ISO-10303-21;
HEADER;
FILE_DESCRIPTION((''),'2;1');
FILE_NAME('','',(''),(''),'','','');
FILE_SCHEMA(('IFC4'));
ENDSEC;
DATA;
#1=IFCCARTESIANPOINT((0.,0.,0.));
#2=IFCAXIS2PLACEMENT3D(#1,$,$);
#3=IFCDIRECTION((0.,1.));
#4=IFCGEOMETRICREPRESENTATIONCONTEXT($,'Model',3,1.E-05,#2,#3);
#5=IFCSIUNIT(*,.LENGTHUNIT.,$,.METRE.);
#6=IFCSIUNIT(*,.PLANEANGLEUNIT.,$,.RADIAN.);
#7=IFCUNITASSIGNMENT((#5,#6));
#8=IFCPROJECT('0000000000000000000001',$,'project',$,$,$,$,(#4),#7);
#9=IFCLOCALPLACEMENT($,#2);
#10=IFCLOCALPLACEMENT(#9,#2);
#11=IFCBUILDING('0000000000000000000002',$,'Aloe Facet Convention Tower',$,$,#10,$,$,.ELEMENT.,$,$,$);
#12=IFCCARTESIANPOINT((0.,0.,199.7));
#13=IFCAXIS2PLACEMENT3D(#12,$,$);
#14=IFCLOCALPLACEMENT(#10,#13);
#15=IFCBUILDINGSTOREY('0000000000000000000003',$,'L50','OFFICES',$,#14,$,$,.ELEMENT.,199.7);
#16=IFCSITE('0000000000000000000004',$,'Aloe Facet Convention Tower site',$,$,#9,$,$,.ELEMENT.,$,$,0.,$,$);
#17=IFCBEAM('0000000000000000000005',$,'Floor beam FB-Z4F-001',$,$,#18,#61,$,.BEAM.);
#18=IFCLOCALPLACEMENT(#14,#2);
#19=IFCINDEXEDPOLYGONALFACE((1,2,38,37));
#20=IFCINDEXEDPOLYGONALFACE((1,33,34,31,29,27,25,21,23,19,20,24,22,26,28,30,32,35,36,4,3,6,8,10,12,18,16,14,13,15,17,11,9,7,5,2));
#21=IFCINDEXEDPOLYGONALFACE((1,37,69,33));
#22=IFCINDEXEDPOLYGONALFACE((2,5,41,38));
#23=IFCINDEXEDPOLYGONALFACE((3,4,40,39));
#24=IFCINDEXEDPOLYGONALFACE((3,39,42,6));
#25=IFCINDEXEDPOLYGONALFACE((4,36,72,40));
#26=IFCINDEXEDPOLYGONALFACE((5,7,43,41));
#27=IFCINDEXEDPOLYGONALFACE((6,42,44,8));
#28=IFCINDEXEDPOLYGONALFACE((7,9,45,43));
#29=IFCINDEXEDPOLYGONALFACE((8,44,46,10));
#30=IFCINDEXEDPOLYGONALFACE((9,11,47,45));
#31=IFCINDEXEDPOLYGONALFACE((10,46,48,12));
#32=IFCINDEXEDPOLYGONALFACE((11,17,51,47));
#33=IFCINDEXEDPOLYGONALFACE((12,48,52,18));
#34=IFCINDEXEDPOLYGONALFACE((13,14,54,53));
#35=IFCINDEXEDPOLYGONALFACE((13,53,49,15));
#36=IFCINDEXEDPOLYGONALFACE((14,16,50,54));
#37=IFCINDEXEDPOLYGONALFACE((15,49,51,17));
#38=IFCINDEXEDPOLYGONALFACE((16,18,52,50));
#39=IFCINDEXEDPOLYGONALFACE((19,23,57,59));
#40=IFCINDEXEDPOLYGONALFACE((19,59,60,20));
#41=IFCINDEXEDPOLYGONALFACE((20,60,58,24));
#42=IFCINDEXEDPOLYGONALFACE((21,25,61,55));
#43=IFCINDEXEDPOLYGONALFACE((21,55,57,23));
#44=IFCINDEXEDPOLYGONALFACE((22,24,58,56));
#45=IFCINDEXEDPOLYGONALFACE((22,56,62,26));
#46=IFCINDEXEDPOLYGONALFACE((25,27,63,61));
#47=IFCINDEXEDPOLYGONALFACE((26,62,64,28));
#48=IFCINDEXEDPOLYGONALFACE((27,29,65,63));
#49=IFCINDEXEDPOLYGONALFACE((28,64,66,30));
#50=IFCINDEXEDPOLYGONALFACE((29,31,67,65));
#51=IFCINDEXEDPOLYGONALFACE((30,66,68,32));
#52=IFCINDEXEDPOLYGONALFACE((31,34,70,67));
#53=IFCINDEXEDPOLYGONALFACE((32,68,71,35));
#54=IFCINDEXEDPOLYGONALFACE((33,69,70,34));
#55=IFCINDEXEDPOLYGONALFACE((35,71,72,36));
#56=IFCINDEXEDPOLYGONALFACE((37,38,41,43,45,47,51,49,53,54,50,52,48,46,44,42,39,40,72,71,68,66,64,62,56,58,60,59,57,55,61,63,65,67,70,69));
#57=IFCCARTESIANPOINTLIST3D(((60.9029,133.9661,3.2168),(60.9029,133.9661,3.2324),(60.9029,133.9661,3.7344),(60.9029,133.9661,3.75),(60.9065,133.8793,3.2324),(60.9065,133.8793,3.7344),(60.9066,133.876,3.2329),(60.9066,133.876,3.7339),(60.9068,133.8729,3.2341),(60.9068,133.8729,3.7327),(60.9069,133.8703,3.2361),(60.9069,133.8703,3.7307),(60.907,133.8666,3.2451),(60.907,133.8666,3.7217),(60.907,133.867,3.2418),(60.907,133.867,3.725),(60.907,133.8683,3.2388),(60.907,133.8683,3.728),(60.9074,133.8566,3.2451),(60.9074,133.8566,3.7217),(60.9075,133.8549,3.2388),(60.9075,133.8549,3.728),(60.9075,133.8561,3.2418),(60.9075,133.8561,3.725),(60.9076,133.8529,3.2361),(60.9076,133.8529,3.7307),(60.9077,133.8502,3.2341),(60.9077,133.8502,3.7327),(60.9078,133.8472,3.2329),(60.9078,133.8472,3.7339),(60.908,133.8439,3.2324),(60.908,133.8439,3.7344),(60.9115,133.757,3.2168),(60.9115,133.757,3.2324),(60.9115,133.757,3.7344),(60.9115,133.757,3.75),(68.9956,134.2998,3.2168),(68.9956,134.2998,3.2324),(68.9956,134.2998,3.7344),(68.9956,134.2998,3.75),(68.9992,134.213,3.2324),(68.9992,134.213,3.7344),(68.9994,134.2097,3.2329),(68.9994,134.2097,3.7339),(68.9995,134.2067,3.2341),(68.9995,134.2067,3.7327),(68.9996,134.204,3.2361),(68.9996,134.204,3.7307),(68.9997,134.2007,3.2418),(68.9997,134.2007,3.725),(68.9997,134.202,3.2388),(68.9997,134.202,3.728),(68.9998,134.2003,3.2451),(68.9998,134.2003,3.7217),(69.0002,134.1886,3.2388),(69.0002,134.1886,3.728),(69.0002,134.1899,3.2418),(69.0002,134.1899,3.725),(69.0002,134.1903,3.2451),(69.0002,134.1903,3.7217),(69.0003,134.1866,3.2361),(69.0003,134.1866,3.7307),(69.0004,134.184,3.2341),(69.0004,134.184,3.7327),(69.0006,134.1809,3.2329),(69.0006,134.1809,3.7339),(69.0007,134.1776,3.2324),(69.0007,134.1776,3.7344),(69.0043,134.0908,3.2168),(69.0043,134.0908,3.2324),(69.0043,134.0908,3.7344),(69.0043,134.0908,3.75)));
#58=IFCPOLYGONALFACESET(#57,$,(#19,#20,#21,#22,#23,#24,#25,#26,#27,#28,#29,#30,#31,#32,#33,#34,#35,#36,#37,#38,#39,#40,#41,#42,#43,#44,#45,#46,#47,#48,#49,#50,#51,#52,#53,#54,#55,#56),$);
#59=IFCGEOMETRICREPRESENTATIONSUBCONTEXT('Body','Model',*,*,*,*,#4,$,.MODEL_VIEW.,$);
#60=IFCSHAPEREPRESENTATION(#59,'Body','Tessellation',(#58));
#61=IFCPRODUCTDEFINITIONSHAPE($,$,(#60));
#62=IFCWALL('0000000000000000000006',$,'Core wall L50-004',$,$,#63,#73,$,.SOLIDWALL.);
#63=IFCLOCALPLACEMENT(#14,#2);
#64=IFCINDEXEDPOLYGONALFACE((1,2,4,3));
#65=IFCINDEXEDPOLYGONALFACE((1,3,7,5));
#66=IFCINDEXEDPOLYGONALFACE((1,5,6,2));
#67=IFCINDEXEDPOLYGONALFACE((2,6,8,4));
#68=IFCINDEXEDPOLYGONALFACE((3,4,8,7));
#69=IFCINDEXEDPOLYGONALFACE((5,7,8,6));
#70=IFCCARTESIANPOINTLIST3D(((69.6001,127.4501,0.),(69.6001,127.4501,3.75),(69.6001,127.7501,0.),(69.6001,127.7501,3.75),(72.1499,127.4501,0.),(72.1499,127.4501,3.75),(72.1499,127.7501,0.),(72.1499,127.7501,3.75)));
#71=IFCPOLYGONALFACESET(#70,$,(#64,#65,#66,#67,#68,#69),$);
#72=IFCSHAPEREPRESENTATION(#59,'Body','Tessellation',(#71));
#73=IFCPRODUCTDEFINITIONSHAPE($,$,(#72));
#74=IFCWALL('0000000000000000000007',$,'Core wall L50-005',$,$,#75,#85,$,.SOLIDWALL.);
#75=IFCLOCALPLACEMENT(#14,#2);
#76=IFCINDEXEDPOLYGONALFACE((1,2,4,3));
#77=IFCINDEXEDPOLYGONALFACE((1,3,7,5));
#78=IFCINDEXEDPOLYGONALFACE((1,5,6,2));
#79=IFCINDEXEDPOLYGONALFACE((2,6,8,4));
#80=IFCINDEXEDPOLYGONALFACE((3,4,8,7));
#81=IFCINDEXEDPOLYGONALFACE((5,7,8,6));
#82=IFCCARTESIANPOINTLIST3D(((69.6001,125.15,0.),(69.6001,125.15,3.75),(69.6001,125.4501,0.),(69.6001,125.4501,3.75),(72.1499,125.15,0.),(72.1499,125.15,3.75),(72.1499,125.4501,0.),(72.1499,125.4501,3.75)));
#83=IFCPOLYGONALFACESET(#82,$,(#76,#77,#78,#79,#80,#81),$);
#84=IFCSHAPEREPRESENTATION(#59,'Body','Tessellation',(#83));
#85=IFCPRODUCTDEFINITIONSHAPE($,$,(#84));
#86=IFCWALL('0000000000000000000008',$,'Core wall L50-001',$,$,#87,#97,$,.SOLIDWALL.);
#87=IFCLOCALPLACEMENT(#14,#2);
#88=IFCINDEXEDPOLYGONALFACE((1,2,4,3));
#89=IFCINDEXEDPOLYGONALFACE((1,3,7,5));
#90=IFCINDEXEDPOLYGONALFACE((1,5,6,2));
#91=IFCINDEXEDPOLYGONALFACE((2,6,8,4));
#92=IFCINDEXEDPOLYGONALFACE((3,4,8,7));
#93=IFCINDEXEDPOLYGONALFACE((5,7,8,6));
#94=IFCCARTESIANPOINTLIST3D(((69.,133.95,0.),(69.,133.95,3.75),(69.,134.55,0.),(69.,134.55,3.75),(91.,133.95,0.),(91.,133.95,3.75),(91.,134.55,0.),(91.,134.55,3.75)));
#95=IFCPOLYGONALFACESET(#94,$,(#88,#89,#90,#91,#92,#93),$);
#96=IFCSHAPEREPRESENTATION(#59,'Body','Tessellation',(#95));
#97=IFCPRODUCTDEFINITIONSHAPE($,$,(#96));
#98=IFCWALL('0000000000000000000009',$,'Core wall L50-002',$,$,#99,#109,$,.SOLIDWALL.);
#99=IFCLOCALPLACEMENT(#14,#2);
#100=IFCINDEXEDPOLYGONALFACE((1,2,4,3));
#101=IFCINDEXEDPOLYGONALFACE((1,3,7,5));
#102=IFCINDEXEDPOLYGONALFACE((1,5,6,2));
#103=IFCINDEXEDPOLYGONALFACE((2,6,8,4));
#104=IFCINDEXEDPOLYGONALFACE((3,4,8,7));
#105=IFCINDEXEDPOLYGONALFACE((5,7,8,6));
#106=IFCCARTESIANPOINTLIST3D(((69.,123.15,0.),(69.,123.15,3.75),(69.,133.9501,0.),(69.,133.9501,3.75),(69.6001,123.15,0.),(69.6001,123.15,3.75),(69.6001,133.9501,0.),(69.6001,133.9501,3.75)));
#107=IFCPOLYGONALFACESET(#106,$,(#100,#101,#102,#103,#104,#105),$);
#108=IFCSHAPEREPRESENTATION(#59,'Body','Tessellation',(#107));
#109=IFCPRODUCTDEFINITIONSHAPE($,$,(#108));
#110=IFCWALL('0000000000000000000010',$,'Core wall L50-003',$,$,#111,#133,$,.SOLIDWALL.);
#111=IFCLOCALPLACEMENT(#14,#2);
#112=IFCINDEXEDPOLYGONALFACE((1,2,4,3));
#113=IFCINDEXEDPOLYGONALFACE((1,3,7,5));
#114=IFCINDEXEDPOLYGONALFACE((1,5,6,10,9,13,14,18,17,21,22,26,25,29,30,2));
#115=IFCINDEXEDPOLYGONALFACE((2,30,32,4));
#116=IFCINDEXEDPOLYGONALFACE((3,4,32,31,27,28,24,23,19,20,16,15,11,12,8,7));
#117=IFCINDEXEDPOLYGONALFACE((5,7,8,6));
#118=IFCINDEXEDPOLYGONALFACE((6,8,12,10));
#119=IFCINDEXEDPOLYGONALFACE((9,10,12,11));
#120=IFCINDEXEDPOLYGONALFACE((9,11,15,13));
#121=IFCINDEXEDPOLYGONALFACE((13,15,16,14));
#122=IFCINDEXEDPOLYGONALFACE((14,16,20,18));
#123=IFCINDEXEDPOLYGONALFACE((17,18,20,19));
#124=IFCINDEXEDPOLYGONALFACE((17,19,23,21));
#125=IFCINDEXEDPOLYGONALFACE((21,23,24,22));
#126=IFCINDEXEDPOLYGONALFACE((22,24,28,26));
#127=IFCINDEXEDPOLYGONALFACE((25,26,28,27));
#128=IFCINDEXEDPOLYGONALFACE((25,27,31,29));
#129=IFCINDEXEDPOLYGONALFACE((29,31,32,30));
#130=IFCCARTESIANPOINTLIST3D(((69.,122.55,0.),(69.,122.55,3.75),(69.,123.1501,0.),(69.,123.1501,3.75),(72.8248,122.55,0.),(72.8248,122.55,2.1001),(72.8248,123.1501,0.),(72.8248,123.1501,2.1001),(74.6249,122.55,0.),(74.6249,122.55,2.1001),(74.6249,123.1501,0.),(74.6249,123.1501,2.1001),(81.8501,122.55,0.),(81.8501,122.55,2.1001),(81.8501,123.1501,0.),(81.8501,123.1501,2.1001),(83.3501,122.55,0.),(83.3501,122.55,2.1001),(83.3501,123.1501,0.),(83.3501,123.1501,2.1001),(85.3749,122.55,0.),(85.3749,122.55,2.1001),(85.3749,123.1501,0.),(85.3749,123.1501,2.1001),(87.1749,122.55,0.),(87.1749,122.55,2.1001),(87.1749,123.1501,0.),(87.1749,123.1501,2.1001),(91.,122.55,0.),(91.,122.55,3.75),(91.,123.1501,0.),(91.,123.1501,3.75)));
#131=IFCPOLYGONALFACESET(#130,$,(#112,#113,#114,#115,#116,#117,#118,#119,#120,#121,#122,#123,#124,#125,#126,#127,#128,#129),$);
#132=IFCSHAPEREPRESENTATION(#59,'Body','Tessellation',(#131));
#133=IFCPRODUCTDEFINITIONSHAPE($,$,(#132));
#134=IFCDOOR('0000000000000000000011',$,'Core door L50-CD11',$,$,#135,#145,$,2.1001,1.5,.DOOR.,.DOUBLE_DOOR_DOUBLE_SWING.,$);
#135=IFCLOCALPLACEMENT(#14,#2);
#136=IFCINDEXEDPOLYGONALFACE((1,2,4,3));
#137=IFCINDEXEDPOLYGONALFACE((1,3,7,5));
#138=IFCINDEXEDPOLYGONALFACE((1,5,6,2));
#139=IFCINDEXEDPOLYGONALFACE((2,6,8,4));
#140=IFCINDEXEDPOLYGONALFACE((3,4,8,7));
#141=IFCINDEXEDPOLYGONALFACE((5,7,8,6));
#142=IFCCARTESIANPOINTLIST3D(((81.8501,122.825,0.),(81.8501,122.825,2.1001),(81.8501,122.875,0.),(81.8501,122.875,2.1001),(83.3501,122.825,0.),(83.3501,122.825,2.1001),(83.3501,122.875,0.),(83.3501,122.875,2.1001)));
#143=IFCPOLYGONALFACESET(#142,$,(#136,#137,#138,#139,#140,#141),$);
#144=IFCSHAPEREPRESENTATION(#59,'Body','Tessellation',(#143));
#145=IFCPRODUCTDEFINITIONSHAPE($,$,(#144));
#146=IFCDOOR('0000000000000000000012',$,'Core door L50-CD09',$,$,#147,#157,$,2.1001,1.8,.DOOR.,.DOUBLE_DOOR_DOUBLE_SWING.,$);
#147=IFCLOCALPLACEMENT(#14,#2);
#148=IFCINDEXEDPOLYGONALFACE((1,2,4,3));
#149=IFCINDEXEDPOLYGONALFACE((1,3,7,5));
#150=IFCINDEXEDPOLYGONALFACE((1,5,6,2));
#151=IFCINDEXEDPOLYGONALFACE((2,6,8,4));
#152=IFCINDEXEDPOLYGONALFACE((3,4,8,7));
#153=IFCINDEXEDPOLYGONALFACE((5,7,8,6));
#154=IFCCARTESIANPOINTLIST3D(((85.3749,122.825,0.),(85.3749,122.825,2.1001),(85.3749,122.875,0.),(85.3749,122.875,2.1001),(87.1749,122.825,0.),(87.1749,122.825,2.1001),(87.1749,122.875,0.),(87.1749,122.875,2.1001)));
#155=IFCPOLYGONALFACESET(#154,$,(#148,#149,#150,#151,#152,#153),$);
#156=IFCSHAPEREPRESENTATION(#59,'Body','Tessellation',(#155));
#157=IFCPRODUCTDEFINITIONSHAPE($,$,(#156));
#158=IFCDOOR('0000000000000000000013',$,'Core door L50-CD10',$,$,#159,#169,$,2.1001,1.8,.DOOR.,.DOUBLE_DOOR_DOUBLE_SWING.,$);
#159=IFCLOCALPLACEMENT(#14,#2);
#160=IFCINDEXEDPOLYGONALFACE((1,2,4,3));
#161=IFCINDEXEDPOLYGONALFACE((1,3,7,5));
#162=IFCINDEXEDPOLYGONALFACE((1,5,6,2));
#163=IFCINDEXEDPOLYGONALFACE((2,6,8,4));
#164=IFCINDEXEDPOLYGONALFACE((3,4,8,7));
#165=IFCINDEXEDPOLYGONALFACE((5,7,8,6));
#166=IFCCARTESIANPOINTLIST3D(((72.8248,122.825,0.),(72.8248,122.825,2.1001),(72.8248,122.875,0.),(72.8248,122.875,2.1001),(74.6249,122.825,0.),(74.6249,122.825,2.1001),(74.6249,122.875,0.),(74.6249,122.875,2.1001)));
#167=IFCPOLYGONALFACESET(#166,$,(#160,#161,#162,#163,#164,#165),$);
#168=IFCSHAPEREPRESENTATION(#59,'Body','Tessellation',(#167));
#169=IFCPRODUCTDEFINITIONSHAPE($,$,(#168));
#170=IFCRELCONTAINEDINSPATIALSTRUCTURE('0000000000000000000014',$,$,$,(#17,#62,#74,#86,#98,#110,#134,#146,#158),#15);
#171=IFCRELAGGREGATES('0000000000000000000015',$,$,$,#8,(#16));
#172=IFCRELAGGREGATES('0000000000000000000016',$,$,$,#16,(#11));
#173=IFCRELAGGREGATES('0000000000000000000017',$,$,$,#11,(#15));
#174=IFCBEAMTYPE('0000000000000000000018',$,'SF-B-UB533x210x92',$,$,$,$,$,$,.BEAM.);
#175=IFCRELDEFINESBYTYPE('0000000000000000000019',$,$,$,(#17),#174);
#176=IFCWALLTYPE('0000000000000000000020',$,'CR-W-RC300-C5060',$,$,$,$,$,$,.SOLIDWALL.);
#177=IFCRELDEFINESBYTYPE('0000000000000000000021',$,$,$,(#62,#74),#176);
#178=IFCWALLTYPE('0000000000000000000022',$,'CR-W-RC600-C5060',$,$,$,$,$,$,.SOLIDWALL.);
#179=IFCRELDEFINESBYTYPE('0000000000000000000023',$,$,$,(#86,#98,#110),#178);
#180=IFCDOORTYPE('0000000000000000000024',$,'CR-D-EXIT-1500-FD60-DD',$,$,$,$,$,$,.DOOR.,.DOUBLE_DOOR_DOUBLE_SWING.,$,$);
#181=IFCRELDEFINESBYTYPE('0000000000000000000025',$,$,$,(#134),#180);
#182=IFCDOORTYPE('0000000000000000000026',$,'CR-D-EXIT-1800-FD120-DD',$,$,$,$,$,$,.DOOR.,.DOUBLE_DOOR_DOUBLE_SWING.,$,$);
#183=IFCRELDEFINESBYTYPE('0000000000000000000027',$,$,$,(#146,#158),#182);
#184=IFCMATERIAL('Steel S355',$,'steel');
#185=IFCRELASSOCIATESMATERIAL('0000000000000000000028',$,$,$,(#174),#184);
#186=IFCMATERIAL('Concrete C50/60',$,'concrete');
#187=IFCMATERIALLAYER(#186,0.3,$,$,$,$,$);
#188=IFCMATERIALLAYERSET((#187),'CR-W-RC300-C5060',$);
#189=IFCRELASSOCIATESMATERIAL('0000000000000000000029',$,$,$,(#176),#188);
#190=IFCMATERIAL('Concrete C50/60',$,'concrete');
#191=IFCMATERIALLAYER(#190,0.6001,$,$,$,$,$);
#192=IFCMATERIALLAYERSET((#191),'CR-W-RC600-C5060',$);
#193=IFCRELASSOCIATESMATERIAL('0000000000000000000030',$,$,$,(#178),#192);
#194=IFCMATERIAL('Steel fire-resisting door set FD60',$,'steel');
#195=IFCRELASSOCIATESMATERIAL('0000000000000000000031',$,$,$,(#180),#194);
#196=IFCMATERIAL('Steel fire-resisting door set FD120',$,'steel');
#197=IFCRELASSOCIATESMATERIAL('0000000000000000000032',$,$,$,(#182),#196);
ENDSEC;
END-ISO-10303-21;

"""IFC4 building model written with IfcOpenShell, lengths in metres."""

from ifc_helpers import new_model, si_unit, direction, frame, frame_2d, origin, origin_2d, place, context, subcontext, project, spatial, rectangle, i_section, extrude, material, layer, layer_set, material_profile, profile_set, type_object, element, fill, save


model = new_model("IFC4")

# Units and contexts
model_context = context("Model", 3, precision=1e-05, world=origin(), true_north=direction((0.0, 1.0)))
body_context = subcontext(model_context, "Body", "Model", "MODEL_VIEW")
ifc_project = project(units=[si_unit("LENGTHUNIT", "METRE"), si_unit("PLANEANGLEUNIT", "RADIAN")], contexts=[model_context])

# Site, building, storey
site_placement = place(None, origin())
site = spatial("IfcSite", under=ifc_project, at=site_placement, Name="Aloe Facet Convention Tower site", CompositionType="ELEMENT", RefElevation=0.0)
building_placement = place(site_placement, origin())
building = spatial("IfcBuilding", under=site, at=building_placement, Name="Aloe Facet Convention Tower", CompositionType="ELEMENT")
storey_placement = place(building_placement, frame((0.0, 0.0, 199.7)))
storey = spatial("IfcBuildingStorey", under=building, at=storey_placement, Name="L50", Description="OFFICES", CompositionType="ELEMENT", Elevation=199.7)

# Beam
ifc_material_1 = material(Name="Steel S355", Category="steel")
ifc_material_profile_1 = material_profile(ifc_material_1, i_section(OverallWidth=0.2092, OverallDepth=0.5332, WebThickness=0.01, FlangeThickness=0.0156, FilletRadius=0.0127, at=origin_2d()), Name="UB 533x210x92")
ifc_profile_set_1 = profile_set([ifc_material_profile_1], Name="Steel S355")
beam_type_1 = type_object("IfcBeamType", Name="SF-B-UB533x210x92", PredefinedType="BEAM", material=ifc_profile_set_1)
beam_1_placement = place(storey_placement, frame((60.9072, 133.8616, 3.4834), z_axis=(0.999151, 0.041204, 0.0), x_axis=(-0.041204, 0.999151, 0.0)))
element("IfcBeam", 1, at=beam_1_placement, inside=storey, type_object=beam_type_1, Name="Floor beam FB-Z4F-001", PredefinedType="BEAM", context=body_context, shape_type="SweptSolid", body=[
    extrude(i_section(OverallWidth=0.2092, OverallDepth=0.5332, WebThickness=0.01, FlangeThickness=0.0156, FilletRadius=0.0127, at=origin_2d()), origin(), (0.0, 0.0, 1.0), 8.0996),
])

# Walls
ifc_material_2 = material(Name="Concrete C50/60", Category="concrete")
ifc_layer_1 = layer(ifc_material_2, 0.3)
ifc_layer_set_1 = layer_set([ifc_layer_1], Name="CR-W-RC300-C5060")
wall_type_1 = type_object("IfcWallType", Name="CR-W-RC300-C5060", PredefinedType="SOLIDWALL", material=ifc_layer_set_1)
for number, where, z_axis, x_axis, name in (
    (2, (69.6001, 127.6001, 0.0), (0.0, 0.0, 1.0), (1.0, 0.0, 0.0), "Core wall L50-004"),
    (3, (69.6001, 125.3, 0.0), (0.0, 0.0, 1.0), (1.0, 0.0, 0.0), "Core wall L50-005"),
):
    element("IfcWall", number, at=place(storey_placement, frame(where, z_axis=z_axis, x_axis=x_axis)), inside=storey, type_object=wall_type_1, Name=name, PredefinedType="SOLIDWALL", context=body_context, shape_type="SweptSolid", body=[
        extrude(rectangle(XDim=2.5498, YDim=0.3, at=frame_2d((1.2749, 0.0))), origin(), (0.0, 0.0, 1.0), 3.75),
    ])
ifc_material_3 = material(Name="Concrete C50/60", Category="concrete")
ifc_layer_2 = layer(ifc_material_3, 0.6001)
ifc_layer_set_2 = layer_set([ifc_layer_2], Name="CR-W-RC600-C5060")
wall_type_2 = type_object("IfcWallType", Name="CR-W-RC600-C5060", PredefinedType="SOLIDWALL", material=ifc_layer_set_2)
wall_1_placement = place(storey_placement, frame((69.0, 134.25, 0.0), z_axis=(0.0, 0.0, 1.0), x_axis=(1.0, 0.0, 0.0)))
element("IfcWall", 4, at=wall_1_placement, inside=storey, type_object=wall_type_2, Name="Core wall L50-001", PredefinedType="SOLIDWALL", context=body_context, shape_type="SweptSolid", body=[
    extrude(rectangle(XDim=22.0, YDim=0.6001, at=frame_2d((11.0, 0.0))), origin(), (0.0, 0.0, 1.0), 3.75),
])
wall_2_placement = place(storey_placement, frame((69.3, 133.95, 0.0), z_axis=(0.0, 0.0, 1.0), x_axis=(0.0, -1.0, 0.0)))
element("IfcWall", 5, at=wall_2_placement, inside=storey, type_object=wall_type_2, Name="Core wall L50-002", PredefinedType="SOLIDWALL", context=body_context, shape_type="SweptSolid", body=[
    extrude(rectangle(XDim=10.8, YDim=0.6001, at=frame_2d((5.3999, 0.0))), origin(), (0.0, 0.0, 1.0), 3.75),
])

# Wall, openings, doors
wall_3_placement = place(storey_placement, frame((69.0, 122.8501, 0.0), z_axis=(0.0, 0.0, 1.0), x_axis=(1.0, 0.0, 0.0)))
wall_3 = element("IfcWall", 6, at=wall_3_placement, inside=storey, type_object=wall_type_2, Name="Core wall L50-003", PredefinedType="SOLIDWALL", context=body_context, shape_type="SweptSolid", body=[
    extrude(rectangle(XDim=22.0, YDim=0.6001, at=frame_2d((11.0, 0.0))), origin(), (0.0, 0.0, 1.0), 3.75),
])
opening_1_placement = place(wall_3_placement, frame((16.375, 0.0, 0.0)))
opening_1 = element("IfcOpeningElement", 7, at=opening_1_placement, cuts=wall_3, PredefinedType="OPENING", context=body_context, shape_type="SweptSolid", body=[
    extrude(rectangle(XDim=1.8, YDim=2.1001, at=frame_2d((0.8999, 1.05))), frame((0.0, 0.3101, 0.0), z_axis=(0.0, -1.0, 0.0), x_axis=(1.0, 0.0, 0.0)), (0.0, 0.0, 1.0), 0.6201),
])
opening_2_placement = place(wall_3_placement, frame((3.825, 0.0, 0.0)))
opening_2 = element("IfcOpeningElement", 8, at=opening_2_placement, cuts=wall_3, PredefinedType="OPENING", context=body_context, shape_type="SweptSolid", body=[
    extrude(rectangle(XDim=1.8, YDim=2.1001, at=frame_2d((0.8999, 1.05))), frame((0.0, 0.3101, 0.0), z_axis=(0.0, -1.0, 0.0), x_axis=(1.0, 0.0, 0.0)), (0.0, 0.0, 1.0), 0.6201),
])
opening_3_placement = place(wall_3_placement, frame((12.8501, 0.0, 0.0)))
opening_3 = element("IfcOpeningElement", 9, at=opening_3_placement, cuts=wall_3, PredefinedType="OPENING", context=body_context, shape_type="SweptSolid", body=[
    extrude(rectangle(XDim=1.5, YDim=2.1001, at=frame_2d((0.75, 1.05))), frame((0.0, 0.3101, 0.0), z_axis=(0.0, -1.0, 0.0), x_axis=(1.0, 0.0, 0.0)), (0.0, 0.0, 1.0), 0.6201),
])
ifc_material_4 = material(Name="Steel fire-resisting door set FD60", Category="steel")
door_type_1 = type_object("IfcDoorType", Name="CR-D-EXIT-1500-FD60-DD", OperationType="DOUBLE_DOOR_DOUBLE_SWING", PredefinedType="DOOR", material=ifc_material_4)
door_1_placement = place(opening_3_placement, origin())
door_1 = element("IfcDoor", 10, at=door_1_placement, inside=storey, type_object=door_type_1, Name="Core door L50-CD11", OperationType="DOUBLE_DOOR_DOUBLE_SWING", OverallHeight=2.1001, OverallWidth=1.5, PredefinedType="DOOR", context=body_context, shape_type="SweptSolid", body=[
    extrude(rectangle(XDim=1.5, YDim=2.1001, at=frame_2d((0.75, 1.05))), frame((0.0, 0.0249, 0.0), z_axis=(0.0, -1.0, 0.0), x_axis=(1.0, 0.0, 0.0)), (0.0, 0.0, 1.0), 0.05),
])
fill(opening_3, door_1)
ifc_material_5 = material(Name="Steel fire-resisting door set FD120", Category="steel")
door_type_2 = type_object("IfcDoorType", Name="CR-D-EXIT-1800-FD120-DD", OperationType="DOUBLE_DOOR_DOUBLE_SWING", PredefinedType="DOOR", material=ifc_material_5)
door_2_placement = place(opening_1_placement, origin())
door_2 = element("IfcDoor", 11, at=door_2_placement, inside=storey, type_object=door_type_2, Name="Core door L50-CD09", OperationType="DOUBLE_DOOR_DOUBLE_SWING", OverallHeight=2.1001, OverallWidth=1.8, PredefinedType="DOOR", context=body_context, shape_type="SweptSolid", body=[
    extrude(rectangle(XDim=1.8, YDim=2.1001, at=frame_2d((0.8999, 1.05))), frame((0.0, 0.0249, 0.0), z_axis=(0.0, -1.0, 0.0), x_axis=(1.0, 0.0, 0.0)), (0.0, 0.0, 1.0), 0.05),
])
fill(opening_1, door_2)
door_3_placement = place(opening_2_placement, origin())
door_3 = element("IfcDoor", 12, at=door_3_placement, inside=storey, type_object=door_type_2, Name="Core door L50-CD10", OperationType="DOUBLE_DOOR_DOUBLE_SWING", OverallHeight=2.1001, OverallWidth=1.8, PredefinedType="DOOR", context=body_context, shape_type="SweptSolid", body=[
    extrude(rectangle(XDim=1.8, YDim=2.1001, at=frame_2d((0.8999, 1.05))), frame((0.0, 0.0249, 0.0), z_axis=(0.0, -1.0, 0.0), x_axis=(1.0, 0.0, 0.0)), (0.0, 0.0, 1.0), 0.05),
])
fill(opening_2, door_3)

save(model, "model.ifc")
